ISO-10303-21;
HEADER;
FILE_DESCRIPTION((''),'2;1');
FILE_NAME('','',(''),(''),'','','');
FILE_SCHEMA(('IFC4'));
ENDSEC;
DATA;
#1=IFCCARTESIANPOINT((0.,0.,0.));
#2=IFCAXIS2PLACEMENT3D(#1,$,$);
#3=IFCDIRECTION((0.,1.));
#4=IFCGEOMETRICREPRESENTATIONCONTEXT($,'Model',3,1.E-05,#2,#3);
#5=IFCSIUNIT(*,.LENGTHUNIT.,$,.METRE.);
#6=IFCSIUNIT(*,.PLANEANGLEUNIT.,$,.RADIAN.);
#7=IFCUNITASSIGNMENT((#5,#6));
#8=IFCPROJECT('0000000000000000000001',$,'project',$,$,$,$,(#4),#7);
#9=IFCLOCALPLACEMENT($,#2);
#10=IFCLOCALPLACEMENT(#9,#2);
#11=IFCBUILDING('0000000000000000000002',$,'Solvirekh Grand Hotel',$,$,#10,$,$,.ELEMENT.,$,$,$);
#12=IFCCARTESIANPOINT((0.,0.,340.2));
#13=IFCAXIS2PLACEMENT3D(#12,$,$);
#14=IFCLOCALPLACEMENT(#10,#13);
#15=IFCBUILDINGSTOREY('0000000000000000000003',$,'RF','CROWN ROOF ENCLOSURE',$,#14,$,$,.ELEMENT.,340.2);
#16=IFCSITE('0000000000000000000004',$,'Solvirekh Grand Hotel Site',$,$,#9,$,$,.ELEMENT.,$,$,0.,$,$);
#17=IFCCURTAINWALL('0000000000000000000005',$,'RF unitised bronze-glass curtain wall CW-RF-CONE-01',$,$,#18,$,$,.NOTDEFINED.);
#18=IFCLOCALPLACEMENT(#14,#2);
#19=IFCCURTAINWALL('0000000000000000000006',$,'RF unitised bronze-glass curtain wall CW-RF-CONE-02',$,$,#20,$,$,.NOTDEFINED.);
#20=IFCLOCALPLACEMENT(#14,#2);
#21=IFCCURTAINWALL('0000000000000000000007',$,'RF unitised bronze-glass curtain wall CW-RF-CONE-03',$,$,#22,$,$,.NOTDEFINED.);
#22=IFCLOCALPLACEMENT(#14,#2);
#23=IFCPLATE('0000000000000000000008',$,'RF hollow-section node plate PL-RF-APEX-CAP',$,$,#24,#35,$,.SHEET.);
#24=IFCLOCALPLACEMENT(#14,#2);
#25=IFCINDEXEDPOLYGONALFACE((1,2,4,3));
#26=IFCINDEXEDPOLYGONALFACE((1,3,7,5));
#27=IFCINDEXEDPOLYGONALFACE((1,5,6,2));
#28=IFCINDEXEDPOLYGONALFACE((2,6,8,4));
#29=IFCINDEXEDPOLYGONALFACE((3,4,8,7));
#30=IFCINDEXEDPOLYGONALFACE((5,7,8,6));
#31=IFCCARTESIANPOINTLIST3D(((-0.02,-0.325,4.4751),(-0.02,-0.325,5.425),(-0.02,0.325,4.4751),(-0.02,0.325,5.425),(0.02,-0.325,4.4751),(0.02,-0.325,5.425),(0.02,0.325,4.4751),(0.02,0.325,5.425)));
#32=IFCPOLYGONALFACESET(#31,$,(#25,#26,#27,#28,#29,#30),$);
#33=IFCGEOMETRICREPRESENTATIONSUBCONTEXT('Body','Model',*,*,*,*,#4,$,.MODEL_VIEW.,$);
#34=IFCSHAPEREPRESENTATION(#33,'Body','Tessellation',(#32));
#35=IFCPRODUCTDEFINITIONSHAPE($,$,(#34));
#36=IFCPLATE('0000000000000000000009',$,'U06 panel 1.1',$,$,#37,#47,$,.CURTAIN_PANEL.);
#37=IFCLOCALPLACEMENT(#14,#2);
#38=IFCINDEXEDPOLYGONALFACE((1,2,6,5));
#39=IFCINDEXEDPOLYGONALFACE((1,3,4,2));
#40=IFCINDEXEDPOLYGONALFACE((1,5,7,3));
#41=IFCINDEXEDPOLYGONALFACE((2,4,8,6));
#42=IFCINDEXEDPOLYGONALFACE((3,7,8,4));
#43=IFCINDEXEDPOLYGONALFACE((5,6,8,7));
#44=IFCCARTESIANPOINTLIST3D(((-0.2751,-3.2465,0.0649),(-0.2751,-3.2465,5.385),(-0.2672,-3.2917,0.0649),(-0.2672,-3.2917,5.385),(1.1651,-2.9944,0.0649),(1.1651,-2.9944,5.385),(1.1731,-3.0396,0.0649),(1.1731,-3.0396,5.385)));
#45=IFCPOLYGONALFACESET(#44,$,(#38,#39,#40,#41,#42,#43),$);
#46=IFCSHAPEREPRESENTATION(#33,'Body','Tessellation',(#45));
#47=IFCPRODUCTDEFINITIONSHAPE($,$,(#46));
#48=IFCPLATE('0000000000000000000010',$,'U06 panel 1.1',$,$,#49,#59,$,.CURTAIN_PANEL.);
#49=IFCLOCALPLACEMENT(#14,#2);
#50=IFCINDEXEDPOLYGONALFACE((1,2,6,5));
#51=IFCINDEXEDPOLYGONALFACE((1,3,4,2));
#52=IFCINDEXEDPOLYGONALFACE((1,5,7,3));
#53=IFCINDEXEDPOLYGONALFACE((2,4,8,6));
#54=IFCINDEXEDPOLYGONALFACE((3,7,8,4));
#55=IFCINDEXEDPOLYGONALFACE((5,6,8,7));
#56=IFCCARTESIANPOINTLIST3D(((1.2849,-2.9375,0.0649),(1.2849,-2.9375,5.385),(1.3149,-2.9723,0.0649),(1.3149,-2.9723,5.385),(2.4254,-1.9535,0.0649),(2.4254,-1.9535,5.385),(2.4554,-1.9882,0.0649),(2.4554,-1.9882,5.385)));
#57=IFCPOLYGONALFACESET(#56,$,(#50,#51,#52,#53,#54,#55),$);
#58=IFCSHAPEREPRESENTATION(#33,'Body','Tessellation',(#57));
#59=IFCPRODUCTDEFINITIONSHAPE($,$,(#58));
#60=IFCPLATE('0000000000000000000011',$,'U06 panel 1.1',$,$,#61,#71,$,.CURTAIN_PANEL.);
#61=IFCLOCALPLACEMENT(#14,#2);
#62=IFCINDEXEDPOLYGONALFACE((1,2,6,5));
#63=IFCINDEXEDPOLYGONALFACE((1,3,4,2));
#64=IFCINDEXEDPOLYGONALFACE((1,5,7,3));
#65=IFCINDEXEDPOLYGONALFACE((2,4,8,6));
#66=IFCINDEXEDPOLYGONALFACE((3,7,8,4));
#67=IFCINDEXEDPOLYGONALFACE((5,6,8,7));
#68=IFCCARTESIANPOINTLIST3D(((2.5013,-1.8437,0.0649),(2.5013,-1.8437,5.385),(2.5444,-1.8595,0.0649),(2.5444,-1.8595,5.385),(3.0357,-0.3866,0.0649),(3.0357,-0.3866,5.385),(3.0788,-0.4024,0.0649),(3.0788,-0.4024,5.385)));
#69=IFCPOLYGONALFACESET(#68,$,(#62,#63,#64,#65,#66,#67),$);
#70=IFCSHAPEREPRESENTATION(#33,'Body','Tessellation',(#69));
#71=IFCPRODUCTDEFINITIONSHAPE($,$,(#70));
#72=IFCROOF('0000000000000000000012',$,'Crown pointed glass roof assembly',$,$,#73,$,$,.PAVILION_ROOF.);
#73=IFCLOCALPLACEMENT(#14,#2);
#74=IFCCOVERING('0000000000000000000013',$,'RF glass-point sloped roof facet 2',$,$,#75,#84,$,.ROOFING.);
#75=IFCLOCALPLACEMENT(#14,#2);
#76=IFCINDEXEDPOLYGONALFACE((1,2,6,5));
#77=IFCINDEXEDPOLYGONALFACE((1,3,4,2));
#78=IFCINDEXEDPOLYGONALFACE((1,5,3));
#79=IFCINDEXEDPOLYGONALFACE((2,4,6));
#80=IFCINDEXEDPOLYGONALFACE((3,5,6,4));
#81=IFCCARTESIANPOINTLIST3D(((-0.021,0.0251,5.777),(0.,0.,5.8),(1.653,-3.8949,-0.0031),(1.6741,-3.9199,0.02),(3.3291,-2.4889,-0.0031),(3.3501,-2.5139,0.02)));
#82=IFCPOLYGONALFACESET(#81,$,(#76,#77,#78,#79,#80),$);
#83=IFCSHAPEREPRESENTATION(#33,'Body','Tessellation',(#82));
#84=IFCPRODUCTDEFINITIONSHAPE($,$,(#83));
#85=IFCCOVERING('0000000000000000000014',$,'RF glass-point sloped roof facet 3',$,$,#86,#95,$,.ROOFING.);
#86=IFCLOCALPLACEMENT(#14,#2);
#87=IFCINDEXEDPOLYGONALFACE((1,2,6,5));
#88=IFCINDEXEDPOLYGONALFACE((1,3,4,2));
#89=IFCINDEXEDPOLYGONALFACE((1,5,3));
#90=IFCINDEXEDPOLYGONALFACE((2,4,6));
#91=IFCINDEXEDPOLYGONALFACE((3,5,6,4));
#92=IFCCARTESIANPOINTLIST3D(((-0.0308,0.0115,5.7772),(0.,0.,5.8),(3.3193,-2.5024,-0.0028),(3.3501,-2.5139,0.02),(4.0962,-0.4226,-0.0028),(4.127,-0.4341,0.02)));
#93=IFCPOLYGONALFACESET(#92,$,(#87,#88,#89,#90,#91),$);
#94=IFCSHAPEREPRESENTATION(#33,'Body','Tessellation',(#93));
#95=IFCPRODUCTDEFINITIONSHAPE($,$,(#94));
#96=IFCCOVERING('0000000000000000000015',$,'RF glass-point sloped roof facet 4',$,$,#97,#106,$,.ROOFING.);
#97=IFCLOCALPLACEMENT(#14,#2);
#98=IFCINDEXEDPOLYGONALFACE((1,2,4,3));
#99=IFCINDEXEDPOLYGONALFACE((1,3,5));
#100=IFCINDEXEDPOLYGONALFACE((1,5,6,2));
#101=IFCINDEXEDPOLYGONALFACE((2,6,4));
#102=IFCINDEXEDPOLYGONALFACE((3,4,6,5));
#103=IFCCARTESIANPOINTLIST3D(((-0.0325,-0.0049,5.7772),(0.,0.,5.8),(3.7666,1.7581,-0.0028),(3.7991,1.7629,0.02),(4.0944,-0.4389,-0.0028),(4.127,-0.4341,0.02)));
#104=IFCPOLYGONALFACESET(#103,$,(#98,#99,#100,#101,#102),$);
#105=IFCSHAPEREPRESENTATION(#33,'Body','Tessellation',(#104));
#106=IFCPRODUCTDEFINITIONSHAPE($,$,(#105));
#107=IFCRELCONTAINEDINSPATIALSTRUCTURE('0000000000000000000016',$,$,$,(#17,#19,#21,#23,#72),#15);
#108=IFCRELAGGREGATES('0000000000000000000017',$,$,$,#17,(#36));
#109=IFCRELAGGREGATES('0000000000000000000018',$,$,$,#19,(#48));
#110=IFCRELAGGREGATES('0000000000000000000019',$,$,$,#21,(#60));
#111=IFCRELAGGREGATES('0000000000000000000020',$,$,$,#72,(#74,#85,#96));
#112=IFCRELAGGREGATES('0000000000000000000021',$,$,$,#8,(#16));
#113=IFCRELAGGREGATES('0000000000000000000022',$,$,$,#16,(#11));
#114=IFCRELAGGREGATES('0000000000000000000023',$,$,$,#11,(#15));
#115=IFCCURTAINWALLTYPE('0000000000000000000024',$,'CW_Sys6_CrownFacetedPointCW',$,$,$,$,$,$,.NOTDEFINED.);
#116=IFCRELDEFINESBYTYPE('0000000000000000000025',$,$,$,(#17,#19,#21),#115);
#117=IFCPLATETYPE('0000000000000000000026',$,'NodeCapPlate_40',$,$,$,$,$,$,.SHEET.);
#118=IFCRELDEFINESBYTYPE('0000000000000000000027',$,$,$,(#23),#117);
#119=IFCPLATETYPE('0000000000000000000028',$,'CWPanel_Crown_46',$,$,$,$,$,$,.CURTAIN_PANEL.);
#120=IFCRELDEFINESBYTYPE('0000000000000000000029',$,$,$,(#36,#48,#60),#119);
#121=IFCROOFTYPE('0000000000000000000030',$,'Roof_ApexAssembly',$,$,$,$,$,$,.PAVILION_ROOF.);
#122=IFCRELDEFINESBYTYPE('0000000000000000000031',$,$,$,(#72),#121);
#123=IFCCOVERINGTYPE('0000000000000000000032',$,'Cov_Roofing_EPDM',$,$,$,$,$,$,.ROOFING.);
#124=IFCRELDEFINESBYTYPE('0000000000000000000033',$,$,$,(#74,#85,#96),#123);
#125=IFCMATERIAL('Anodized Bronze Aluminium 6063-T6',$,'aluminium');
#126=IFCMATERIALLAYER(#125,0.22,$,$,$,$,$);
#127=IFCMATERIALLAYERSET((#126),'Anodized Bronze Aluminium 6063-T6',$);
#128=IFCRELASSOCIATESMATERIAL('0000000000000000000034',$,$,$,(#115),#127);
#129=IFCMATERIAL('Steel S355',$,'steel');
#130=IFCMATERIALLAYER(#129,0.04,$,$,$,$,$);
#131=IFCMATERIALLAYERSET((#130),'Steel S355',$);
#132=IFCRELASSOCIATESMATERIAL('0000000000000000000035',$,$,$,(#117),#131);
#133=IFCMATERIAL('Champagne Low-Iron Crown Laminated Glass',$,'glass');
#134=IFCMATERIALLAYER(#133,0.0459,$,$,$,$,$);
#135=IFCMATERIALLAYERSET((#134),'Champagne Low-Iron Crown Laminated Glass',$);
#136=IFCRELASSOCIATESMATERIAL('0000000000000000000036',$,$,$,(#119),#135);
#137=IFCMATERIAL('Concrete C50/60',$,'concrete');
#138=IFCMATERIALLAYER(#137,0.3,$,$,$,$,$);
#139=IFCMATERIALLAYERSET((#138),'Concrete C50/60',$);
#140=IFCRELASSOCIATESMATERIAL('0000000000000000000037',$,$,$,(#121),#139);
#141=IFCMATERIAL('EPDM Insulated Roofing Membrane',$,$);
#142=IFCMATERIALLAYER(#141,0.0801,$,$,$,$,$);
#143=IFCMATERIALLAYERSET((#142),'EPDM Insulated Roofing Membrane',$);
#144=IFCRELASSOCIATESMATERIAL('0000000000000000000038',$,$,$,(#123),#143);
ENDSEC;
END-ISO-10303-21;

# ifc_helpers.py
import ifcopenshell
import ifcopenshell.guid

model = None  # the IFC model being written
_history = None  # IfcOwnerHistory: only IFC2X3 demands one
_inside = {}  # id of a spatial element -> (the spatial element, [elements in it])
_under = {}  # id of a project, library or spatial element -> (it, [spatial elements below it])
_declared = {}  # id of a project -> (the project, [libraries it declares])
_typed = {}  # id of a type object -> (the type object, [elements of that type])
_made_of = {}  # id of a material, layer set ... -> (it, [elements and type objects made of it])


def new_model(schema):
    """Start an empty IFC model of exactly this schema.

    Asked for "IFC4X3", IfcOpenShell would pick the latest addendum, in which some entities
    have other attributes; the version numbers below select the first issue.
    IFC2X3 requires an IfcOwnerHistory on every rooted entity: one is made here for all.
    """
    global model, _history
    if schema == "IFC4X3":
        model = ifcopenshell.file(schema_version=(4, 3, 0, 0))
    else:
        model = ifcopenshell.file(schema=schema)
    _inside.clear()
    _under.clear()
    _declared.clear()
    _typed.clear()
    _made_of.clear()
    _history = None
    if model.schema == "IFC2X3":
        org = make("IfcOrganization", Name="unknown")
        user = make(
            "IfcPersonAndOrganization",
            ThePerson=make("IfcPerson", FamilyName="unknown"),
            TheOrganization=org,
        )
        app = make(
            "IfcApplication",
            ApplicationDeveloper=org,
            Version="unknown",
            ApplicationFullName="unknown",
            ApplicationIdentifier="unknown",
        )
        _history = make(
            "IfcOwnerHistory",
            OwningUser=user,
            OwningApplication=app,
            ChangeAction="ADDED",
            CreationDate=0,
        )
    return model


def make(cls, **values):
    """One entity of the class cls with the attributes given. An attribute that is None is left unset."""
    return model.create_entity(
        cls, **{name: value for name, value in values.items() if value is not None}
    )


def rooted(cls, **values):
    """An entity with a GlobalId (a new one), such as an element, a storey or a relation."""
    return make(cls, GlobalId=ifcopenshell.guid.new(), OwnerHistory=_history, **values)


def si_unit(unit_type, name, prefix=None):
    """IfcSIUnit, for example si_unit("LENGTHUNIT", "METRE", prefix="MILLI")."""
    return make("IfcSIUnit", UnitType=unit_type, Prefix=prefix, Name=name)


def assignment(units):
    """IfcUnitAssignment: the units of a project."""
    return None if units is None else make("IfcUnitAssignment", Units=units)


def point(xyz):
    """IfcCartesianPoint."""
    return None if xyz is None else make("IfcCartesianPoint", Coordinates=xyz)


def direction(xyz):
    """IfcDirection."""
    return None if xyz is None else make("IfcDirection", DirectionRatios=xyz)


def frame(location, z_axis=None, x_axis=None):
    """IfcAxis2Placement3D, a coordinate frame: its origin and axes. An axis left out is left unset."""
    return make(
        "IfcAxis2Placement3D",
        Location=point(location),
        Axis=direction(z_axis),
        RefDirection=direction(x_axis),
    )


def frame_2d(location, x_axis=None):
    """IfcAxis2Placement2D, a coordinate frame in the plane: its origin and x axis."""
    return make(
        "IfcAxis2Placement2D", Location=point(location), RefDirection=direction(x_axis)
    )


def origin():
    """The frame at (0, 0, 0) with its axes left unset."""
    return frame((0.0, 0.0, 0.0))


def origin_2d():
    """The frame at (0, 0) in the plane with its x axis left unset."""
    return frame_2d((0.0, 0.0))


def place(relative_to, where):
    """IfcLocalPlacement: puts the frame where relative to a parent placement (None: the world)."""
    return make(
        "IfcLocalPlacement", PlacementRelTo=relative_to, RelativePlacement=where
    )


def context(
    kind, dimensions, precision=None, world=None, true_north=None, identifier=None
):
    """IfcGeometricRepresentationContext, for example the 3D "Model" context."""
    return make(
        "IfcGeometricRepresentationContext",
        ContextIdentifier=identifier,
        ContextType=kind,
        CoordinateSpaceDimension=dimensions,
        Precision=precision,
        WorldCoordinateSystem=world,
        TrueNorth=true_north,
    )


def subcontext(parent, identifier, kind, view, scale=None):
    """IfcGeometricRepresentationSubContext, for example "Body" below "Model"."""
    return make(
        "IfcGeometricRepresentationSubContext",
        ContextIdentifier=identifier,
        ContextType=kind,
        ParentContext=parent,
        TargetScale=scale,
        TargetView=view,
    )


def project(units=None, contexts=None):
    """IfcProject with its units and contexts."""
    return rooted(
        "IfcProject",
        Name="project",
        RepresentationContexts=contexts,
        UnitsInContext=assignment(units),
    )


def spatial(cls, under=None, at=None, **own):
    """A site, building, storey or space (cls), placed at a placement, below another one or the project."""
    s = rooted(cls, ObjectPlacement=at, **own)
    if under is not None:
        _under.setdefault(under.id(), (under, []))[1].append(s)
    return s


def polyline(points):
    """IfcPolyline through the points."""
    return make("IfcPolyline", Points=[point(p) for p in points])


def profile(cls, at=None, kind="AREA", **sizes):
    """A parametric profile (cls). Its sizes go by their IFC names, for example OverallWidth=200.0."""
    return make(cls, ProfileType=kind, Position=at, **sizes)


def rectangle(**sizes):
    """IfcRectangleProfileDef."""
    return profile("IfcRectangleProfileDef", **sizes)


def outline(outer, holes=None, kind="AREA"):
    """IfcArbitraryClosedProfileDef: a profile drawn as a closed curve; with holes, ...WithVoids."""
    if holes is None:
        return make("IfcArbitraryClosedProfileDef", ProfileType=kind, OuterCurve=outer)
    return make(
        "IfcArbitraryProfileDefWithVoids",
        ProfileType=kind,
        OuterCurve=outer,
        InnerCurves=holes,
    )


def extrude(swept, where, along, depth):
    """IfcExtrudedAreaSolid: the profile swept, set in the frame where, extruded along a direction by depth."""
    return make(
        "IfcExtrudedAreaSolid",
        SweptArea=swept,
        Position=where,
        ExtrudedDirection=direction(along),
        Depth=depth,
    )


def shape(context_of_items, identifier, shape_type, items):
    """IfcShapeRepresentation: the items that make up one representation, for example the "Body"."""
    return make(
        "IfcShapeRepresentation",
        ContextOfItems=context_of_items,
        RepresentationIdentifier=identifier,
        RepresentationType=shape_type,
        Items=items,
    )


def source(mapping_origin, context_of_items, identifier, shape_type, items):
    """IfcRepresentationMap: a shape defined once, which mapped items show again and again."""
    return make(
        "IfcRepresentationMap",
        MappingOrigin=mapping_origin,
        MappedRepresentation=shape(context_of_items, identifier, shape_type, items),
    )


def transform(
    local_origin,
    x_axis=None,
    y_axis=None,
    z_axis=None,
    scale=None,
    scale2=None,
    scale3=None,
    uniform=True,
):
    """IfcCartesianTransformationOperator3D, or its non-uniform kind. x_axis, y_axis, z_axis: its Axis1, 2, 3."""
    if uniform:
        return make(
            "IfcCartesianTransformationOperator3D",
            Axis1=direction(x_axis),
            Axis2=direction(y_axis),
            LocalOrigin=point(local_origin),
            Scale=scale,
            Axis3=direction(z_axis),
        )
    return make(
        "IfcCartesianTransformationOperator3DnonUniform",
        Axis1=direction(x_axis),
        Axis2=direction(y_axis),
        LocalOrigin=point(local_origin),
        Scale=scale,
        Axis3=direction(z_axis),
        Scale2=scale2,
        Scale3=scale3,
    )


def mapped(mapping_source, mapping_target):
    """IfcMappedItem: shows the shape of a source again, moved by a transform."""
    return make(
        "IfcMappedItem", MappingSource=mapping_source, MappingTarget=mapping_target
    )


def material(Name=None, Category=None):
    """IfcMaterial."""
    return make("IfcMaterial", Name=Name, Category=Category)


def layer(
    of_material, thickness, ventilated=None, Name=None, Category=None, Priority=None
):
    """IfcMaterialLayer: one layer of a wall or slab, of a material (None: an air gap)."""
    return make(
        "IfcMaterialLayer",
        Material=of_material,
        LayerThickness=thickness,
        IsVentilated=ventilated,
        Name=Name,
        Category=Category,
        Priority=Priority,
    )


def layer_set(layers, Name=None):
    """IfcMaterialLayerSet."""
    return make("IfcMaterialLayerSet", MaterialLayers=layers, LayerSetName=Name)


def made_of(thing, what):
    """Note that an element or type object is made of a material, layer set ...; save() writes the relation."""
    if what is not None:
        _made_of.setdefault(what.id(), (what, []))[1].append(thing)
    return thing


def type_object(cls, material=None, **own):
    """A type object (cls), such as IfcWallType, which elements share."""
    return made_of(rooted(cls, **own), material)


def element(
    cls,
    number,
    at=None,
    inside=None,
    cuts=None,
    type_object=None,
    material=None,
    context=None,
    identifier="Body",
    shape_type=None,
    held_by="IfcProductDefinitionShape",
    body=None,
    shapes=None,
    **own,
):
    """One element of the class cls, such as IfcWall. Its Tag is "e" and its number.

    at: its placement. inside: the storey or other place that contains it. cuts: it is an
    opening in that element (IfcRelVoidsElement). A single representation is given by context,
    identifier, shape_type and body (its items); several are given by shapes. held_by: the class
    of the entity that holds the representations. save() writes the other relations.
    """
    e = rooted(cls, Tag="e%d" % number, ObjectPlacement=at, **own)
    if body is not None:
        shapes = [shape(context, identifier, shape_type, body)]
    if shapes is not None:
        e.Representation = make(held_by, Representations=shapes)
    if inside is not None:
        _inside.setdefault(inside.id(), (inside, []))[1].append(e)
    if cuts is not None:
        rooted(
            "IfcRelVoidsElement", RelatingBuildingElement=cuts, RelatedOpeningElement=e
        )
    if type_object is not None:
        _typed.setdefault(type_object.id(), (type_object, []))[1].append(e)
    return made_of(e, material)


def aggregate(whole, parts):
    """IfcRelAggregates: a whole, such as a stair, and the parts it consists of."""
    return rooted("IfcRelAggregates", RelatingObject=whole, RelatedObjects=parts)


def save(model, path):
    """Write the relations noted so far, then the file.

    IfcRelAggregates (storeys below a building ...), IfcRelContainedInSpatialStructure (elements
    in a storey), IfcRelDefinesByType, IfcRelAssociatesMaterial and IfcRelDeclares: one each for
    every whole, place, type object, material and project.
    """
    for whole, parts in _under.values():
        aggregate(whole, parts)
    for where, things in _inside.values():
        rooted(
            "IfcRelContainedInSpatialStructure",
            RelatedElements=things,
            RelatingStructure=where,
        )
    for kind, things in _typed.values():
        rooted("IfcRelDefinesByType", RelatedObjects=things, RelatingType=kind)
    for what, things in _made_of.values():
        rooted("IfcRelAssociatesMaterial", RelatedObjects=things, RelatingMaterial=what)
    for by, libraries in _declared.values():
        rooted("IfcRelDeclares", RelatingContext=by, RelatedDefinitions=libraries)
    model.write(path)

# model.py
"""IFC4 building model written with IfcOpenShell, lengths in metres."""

from ifc_helpers import new_model, si_unit, direction, frame, origin, origin_2d, place, context, subcontext, project, spatial, polyline, rectangle, outline, extrude, source, transform, mapped, material, layer, layer_set, type_object, element, aggregate, save


model = new_model("IFC4")

# Units and contexts
model_context = context("Model", 3, precision=1e-05, world=origin(), true_north=direction((0.0, 1.0)))
body_context = subcontext(model_context, "Body", "Model", "MODEL_VIEW")
ifc_project = project(units=[si_unit("LENGTHUNIT", "METRE"), si_unit("PLANEANGLEUNIT", "RADIAN")], contexts=[model_context])

# Site, building, storey
site_placement = place(None, origin())
site = spatial("IfcSite", under=ifc_project, at=site_placement, Name="Solvirekh Grand Hotel Site", CompositionType="ELEMENT", RefElevation=0.0)
building_placement = place(site_placement, origin())
building = spatial("IfcBuilding", under=site, at=building_placement, Name="Solvirekh Grand Hotel", CompositionType="ELEMENT")
storey_placement = place(building_placement, frame((0.0, 0.0, 340.2)))
storey = spatial("IfcBuildingStorey", under=building, at=storey_placement, Name="RF", Description="CROWN ROOF ENCLOSURE", CompositionType="ELEMENT", Elevation=340.2)

# Shared definitions
ifc_material_1 = material(Name="Steel S355", Category="steel")

# Curtain wall
ifc_material_2 = material(Name="Anodized Bronze Aluminium 6063-T6", Category="aluminium")
ifc_layer_1 = layer(ifc_material_2, 0.22)
ifc_layer_set_1 = layer_set([ifc_layer_1], Name="Anodized Bronze Aluminium 6063-T6")
curtain_wall_type = type_object("IfcCurtainWallType", Name="CW_Sys6_CrownFacetedPointCW", PredefinedType="NOTDEFINED", material=ifc_layer_set_1)
curtain_wall_1_placement = place(storey_placement, origin())
curtain_wall_1 = element("IfcCurtainWall", 1, at=curtain_wall_1_placement, inside=storey, type_object=curtain_wall_type, Name="RF unitised bronze-glass curtain wall CW-RF-CONE-01", PredefinedType="NOTDEFINED")

# Curtain walls
curtain_wall_2_placement = place(storey_placement, origin())
curtain_wall_2 = element("IfcCurtainWall", 2, at=curtain_wall_2_placement, inside=storey, type_object=curtain_wall_type, Name="RF unitised bronze-glass curtain wall CW-RF-CONE-02", PredefinedType="NOTDEFINED")
curtain_wall_3_placement = place(storey_placement, origin())
curtain_wall_3 = element("IfcCurtainWall", 3, at=curtain_wall_3_placement, inside=storey, type_object=curtain_wall_type, Name="RF unitised bronze-glass curtain wall CW-RF-CONE-03", PredefinedType="NOTDEFINED")

# Plates
ifc_layer_2 = layer(ifc_material_1, 0.04)
ifc_layer_set_2 = layer_set([ifc_layer_2], Name="Steel S355")
plate_type_1 = type_object("IfcPlateType", Name="NodeCapPlate_40", PredefinedType="SHEET", material=ifc_layer_set_2)
plate_1_placement = place(storey_placement, frame((0.0, 0.0, 4.4751), z_axis=(0.0, 0.0, 1.0), x_axis=(1.0, 0.0, 0.0)))
element("IfcPlate", 4, at=plate_1_placement, inside=storey, type_object=plate_type_1, Name="RF hollow-section node plate PL-RF-APEX-CAP", PredefinedType="SHEET", context=body_context, shape_type="SweptSolid", body=[
    extrude(rectangle(XDim=0.04, YDim=0.6499, at=origin_2d()), origin(), (0.0, 0.0, 1.0), 0.95),
])
ifc_material_3 = material(Name="Champagne Low-Iron Crown Laminated Glass", Category="glass")
ifc_layer_3 = layer(ifc_material_3, 0.0459)
ifc_layer_set_3 = layer_set([ifc_layer_3], Name="Champagne Low-Iron Crown Laminated Glass")
plate_type_2 = type_object("IfcPlateType", Name="CWPanel_Crown_46", PredefinedType="CURTAIN_PANEL", material=ifc_layer_set_3)
shared_shape_1 = source(origin(), body_context, "Body", "SweptSolid", [
    extrude(rectangle(XDim=1.4622, YDim=0.0459, at=origin_2d()), origin(), (0.0, 0.0, 1.0), 5.3201),
])
plate_2_placement = place(storey_placement, frame((0.449, -3.1431, 0.0649), z_axis=(0.0, 0.0, 1.0), x_axis=(0.98502, 0.172441, 0.0)))
plate_2 = element("IfcPlate", 5, at=plate_2_placement, type_object=plate_type_2, Name="U06 panel 1.1", PredefinedType="CURTAIN_PANEL", context=body_context, shape_type="MappedRepresentation", body=[
    mapped(shared_shape_1, transform((0.0, 0.0, 0.0), x_axis=(1.0, 0.0, 0.0), y_axis=(0.0, 1.0, 0.0), z_axis=(0.0, 0.0, 1.0), scale=1.0)),
])
aggregate(curtain_wall_1, [plate_2])
shared_shape_2 = source(origin(), body_context, "Body", "SweptSolid", [
    extrude(rectangle(XDim=1.5063, YDim=0.0459, at=origin_2d()), origin(), (0.0, 0.0, 1.0), 5.3201),
])
plate_3_placement = place(storey_placement, frame((1.8701, -2.4629, 0.0649), z_axis=(0.0, 0.0, 1.0), x_axis=(0.757122, 0.653274, 0.0)))
plate_3 = element("IfcPlate", 6, at=plate_3_placement, type_object=plate_type_2, Name="U06 panel 1.1", PredefinedType="CURTAIN_PANEL", context=body_context, shape_type="MappedRepresentation", body=[
    mapped(shared_shape_2, transform((0.0, 0.0, 0.0), x_axis=(1.0, 0.0, 0.0), y_axis=(0.0, 1.0, 0.0), z_axis=(0.0, 0.0, 1.0), scale=1.0)),
])
aggregate(curtain_wall_2, [plate_3])
shared_shape_3 = source(origin(), body_context, "Body", "SweptSolid", [
    extrude(rectangle(XDim=1.552, YDim=0.0459, at=origin_2d()), origin(), (0.0, 0.0, 1.0), 5.3201),
])
plate_4_placement = place(storey_placement, frame((2.79, -1.123, 0.0649), z_axis=(0.0, 0.0, 1.0), x_axis=(0.344289, 0.938864, 0.0)))
plate_4 = element("IfcPlate", 7, at=plate_4_placement, type_object=plate_type_2, Name="U06 panel 1.1", PredefinedType="CURTAIN_PANEL", context=body_context, shape_type="MappedRepresentation", body=[
    mapped(shared_shape_3, transform((0.0, 0.0, 0.0), x_axis=(1.0, 0.0, 0.0), y_axis=(0.0, 1.0, 0.0), z_axis=(0.0, 0.0, 1.0), scale=1.0)),
])
aggregate(curtain_wall_3, [plate_4])

# Roof, coverings
ifc_material_4 = material(Name="Concrete C50/60", Category="concrete")
ifc_layer_4 = layer(ifc_material_4, 0.3)
ifc_layer_set_4 = layer_set([ifc_layer_4], Name="Concrete C50/60")
roof_type = type_object("IfcRoofType", Name="Roof_ApexAssembly", PredefinedType="PAVILION_ROOF", material=ifc_layer_set_4)
roof_placement = place(storey_placement, origin())
roof = element("IfcRoof", 8, at=roof_placement, inside=storey, type_object=roof_type, Name="Crown pointed glass roof assembly", PredefinedType="PAVILION_ROOF")
ifc_material_5 = material(Name="EPDM Insulated Roofing Membrane")
ifc_layer_5 = layer(ifc_material_5, 0.0801)
ifc_layer_set_5 = layer_set([ifc_layer_5], Name="EPDM Insulated Roofing Membrane")
covering_type = type_object("IfcCoveringType", Name="Cov_Roofing_EPDM", PredefinedType="ROOFING", material=ifc_layer_set_5)
covering_1_placement = place(storey_placement, frame((1.6741, -3.9199, 0.02), z_axis=(0.525102, -0.625947, 0.576592), x_axis=(0.766122, 0.642695, 0.0)))
covering_1 = element("IfcCovering", 9, at=covering_1_placement, type_object=covering_type, Name="RF glass-point sloped roof facet 2", PredefinedType="ROOFING", context=body_context, shape_type="SweptSolid", body=[
    extrude(outline(polyline([(0.0, 0.0), (2.1877, 0.0), (1.2368, 7.0744), (0.0, 0.0)])), origin(), (0.0, 0.0, -1.0), 0.04),
])
covering_2_placement = place(storey_placement, frame((3.3501, -2.5139, 0.02), z_axis=(0.769195, -0.287308, 0.570783), x_axis=(0.349906, 0.936785, 0.0)))
covering_2 = element("IfcCovering", 10, at=covering_2_placement, type_object=covering_type, Name="RF glass-point sloped roof facet 3", PredefinedType="ROOFING", context=body_context, shape_type="SweptSolid", body=[
    extrude(outline(polyline([(0.0, 0.0), (2.2202, 0.0), (1.1828, 7.0394), (0.0, 0.0)])), origin(), (0.0, 0.0, -1.0), 0.04),
])
covering_3_placement = place(storey_placement, frame((4.127, -0.4341, 0.02), z_axis=(0.812125, 0.121201, 0.570757), x_axis=(-0.147604, 0.989047, 0.0)))
covering_3 = element("IfcCovering", 11, at=covering_3_placement, type_object=covering_type, Name="RF glass-point sloped roof facet 4", PredefinedType="ROOFING", context=body_context, shape_type="SweptSolid", body=[
    extrude(outline(polyline([(0.0, 0.0), (2.2214, 0.0), (1.0385, 7.0392), (0.0, 0.0)])), origin(), (0.0, 0.0, -1.0), 0.04),
])
aggregate(roof, [covering_1, covering_2, covering_3])

save(model, "model.ifc")
